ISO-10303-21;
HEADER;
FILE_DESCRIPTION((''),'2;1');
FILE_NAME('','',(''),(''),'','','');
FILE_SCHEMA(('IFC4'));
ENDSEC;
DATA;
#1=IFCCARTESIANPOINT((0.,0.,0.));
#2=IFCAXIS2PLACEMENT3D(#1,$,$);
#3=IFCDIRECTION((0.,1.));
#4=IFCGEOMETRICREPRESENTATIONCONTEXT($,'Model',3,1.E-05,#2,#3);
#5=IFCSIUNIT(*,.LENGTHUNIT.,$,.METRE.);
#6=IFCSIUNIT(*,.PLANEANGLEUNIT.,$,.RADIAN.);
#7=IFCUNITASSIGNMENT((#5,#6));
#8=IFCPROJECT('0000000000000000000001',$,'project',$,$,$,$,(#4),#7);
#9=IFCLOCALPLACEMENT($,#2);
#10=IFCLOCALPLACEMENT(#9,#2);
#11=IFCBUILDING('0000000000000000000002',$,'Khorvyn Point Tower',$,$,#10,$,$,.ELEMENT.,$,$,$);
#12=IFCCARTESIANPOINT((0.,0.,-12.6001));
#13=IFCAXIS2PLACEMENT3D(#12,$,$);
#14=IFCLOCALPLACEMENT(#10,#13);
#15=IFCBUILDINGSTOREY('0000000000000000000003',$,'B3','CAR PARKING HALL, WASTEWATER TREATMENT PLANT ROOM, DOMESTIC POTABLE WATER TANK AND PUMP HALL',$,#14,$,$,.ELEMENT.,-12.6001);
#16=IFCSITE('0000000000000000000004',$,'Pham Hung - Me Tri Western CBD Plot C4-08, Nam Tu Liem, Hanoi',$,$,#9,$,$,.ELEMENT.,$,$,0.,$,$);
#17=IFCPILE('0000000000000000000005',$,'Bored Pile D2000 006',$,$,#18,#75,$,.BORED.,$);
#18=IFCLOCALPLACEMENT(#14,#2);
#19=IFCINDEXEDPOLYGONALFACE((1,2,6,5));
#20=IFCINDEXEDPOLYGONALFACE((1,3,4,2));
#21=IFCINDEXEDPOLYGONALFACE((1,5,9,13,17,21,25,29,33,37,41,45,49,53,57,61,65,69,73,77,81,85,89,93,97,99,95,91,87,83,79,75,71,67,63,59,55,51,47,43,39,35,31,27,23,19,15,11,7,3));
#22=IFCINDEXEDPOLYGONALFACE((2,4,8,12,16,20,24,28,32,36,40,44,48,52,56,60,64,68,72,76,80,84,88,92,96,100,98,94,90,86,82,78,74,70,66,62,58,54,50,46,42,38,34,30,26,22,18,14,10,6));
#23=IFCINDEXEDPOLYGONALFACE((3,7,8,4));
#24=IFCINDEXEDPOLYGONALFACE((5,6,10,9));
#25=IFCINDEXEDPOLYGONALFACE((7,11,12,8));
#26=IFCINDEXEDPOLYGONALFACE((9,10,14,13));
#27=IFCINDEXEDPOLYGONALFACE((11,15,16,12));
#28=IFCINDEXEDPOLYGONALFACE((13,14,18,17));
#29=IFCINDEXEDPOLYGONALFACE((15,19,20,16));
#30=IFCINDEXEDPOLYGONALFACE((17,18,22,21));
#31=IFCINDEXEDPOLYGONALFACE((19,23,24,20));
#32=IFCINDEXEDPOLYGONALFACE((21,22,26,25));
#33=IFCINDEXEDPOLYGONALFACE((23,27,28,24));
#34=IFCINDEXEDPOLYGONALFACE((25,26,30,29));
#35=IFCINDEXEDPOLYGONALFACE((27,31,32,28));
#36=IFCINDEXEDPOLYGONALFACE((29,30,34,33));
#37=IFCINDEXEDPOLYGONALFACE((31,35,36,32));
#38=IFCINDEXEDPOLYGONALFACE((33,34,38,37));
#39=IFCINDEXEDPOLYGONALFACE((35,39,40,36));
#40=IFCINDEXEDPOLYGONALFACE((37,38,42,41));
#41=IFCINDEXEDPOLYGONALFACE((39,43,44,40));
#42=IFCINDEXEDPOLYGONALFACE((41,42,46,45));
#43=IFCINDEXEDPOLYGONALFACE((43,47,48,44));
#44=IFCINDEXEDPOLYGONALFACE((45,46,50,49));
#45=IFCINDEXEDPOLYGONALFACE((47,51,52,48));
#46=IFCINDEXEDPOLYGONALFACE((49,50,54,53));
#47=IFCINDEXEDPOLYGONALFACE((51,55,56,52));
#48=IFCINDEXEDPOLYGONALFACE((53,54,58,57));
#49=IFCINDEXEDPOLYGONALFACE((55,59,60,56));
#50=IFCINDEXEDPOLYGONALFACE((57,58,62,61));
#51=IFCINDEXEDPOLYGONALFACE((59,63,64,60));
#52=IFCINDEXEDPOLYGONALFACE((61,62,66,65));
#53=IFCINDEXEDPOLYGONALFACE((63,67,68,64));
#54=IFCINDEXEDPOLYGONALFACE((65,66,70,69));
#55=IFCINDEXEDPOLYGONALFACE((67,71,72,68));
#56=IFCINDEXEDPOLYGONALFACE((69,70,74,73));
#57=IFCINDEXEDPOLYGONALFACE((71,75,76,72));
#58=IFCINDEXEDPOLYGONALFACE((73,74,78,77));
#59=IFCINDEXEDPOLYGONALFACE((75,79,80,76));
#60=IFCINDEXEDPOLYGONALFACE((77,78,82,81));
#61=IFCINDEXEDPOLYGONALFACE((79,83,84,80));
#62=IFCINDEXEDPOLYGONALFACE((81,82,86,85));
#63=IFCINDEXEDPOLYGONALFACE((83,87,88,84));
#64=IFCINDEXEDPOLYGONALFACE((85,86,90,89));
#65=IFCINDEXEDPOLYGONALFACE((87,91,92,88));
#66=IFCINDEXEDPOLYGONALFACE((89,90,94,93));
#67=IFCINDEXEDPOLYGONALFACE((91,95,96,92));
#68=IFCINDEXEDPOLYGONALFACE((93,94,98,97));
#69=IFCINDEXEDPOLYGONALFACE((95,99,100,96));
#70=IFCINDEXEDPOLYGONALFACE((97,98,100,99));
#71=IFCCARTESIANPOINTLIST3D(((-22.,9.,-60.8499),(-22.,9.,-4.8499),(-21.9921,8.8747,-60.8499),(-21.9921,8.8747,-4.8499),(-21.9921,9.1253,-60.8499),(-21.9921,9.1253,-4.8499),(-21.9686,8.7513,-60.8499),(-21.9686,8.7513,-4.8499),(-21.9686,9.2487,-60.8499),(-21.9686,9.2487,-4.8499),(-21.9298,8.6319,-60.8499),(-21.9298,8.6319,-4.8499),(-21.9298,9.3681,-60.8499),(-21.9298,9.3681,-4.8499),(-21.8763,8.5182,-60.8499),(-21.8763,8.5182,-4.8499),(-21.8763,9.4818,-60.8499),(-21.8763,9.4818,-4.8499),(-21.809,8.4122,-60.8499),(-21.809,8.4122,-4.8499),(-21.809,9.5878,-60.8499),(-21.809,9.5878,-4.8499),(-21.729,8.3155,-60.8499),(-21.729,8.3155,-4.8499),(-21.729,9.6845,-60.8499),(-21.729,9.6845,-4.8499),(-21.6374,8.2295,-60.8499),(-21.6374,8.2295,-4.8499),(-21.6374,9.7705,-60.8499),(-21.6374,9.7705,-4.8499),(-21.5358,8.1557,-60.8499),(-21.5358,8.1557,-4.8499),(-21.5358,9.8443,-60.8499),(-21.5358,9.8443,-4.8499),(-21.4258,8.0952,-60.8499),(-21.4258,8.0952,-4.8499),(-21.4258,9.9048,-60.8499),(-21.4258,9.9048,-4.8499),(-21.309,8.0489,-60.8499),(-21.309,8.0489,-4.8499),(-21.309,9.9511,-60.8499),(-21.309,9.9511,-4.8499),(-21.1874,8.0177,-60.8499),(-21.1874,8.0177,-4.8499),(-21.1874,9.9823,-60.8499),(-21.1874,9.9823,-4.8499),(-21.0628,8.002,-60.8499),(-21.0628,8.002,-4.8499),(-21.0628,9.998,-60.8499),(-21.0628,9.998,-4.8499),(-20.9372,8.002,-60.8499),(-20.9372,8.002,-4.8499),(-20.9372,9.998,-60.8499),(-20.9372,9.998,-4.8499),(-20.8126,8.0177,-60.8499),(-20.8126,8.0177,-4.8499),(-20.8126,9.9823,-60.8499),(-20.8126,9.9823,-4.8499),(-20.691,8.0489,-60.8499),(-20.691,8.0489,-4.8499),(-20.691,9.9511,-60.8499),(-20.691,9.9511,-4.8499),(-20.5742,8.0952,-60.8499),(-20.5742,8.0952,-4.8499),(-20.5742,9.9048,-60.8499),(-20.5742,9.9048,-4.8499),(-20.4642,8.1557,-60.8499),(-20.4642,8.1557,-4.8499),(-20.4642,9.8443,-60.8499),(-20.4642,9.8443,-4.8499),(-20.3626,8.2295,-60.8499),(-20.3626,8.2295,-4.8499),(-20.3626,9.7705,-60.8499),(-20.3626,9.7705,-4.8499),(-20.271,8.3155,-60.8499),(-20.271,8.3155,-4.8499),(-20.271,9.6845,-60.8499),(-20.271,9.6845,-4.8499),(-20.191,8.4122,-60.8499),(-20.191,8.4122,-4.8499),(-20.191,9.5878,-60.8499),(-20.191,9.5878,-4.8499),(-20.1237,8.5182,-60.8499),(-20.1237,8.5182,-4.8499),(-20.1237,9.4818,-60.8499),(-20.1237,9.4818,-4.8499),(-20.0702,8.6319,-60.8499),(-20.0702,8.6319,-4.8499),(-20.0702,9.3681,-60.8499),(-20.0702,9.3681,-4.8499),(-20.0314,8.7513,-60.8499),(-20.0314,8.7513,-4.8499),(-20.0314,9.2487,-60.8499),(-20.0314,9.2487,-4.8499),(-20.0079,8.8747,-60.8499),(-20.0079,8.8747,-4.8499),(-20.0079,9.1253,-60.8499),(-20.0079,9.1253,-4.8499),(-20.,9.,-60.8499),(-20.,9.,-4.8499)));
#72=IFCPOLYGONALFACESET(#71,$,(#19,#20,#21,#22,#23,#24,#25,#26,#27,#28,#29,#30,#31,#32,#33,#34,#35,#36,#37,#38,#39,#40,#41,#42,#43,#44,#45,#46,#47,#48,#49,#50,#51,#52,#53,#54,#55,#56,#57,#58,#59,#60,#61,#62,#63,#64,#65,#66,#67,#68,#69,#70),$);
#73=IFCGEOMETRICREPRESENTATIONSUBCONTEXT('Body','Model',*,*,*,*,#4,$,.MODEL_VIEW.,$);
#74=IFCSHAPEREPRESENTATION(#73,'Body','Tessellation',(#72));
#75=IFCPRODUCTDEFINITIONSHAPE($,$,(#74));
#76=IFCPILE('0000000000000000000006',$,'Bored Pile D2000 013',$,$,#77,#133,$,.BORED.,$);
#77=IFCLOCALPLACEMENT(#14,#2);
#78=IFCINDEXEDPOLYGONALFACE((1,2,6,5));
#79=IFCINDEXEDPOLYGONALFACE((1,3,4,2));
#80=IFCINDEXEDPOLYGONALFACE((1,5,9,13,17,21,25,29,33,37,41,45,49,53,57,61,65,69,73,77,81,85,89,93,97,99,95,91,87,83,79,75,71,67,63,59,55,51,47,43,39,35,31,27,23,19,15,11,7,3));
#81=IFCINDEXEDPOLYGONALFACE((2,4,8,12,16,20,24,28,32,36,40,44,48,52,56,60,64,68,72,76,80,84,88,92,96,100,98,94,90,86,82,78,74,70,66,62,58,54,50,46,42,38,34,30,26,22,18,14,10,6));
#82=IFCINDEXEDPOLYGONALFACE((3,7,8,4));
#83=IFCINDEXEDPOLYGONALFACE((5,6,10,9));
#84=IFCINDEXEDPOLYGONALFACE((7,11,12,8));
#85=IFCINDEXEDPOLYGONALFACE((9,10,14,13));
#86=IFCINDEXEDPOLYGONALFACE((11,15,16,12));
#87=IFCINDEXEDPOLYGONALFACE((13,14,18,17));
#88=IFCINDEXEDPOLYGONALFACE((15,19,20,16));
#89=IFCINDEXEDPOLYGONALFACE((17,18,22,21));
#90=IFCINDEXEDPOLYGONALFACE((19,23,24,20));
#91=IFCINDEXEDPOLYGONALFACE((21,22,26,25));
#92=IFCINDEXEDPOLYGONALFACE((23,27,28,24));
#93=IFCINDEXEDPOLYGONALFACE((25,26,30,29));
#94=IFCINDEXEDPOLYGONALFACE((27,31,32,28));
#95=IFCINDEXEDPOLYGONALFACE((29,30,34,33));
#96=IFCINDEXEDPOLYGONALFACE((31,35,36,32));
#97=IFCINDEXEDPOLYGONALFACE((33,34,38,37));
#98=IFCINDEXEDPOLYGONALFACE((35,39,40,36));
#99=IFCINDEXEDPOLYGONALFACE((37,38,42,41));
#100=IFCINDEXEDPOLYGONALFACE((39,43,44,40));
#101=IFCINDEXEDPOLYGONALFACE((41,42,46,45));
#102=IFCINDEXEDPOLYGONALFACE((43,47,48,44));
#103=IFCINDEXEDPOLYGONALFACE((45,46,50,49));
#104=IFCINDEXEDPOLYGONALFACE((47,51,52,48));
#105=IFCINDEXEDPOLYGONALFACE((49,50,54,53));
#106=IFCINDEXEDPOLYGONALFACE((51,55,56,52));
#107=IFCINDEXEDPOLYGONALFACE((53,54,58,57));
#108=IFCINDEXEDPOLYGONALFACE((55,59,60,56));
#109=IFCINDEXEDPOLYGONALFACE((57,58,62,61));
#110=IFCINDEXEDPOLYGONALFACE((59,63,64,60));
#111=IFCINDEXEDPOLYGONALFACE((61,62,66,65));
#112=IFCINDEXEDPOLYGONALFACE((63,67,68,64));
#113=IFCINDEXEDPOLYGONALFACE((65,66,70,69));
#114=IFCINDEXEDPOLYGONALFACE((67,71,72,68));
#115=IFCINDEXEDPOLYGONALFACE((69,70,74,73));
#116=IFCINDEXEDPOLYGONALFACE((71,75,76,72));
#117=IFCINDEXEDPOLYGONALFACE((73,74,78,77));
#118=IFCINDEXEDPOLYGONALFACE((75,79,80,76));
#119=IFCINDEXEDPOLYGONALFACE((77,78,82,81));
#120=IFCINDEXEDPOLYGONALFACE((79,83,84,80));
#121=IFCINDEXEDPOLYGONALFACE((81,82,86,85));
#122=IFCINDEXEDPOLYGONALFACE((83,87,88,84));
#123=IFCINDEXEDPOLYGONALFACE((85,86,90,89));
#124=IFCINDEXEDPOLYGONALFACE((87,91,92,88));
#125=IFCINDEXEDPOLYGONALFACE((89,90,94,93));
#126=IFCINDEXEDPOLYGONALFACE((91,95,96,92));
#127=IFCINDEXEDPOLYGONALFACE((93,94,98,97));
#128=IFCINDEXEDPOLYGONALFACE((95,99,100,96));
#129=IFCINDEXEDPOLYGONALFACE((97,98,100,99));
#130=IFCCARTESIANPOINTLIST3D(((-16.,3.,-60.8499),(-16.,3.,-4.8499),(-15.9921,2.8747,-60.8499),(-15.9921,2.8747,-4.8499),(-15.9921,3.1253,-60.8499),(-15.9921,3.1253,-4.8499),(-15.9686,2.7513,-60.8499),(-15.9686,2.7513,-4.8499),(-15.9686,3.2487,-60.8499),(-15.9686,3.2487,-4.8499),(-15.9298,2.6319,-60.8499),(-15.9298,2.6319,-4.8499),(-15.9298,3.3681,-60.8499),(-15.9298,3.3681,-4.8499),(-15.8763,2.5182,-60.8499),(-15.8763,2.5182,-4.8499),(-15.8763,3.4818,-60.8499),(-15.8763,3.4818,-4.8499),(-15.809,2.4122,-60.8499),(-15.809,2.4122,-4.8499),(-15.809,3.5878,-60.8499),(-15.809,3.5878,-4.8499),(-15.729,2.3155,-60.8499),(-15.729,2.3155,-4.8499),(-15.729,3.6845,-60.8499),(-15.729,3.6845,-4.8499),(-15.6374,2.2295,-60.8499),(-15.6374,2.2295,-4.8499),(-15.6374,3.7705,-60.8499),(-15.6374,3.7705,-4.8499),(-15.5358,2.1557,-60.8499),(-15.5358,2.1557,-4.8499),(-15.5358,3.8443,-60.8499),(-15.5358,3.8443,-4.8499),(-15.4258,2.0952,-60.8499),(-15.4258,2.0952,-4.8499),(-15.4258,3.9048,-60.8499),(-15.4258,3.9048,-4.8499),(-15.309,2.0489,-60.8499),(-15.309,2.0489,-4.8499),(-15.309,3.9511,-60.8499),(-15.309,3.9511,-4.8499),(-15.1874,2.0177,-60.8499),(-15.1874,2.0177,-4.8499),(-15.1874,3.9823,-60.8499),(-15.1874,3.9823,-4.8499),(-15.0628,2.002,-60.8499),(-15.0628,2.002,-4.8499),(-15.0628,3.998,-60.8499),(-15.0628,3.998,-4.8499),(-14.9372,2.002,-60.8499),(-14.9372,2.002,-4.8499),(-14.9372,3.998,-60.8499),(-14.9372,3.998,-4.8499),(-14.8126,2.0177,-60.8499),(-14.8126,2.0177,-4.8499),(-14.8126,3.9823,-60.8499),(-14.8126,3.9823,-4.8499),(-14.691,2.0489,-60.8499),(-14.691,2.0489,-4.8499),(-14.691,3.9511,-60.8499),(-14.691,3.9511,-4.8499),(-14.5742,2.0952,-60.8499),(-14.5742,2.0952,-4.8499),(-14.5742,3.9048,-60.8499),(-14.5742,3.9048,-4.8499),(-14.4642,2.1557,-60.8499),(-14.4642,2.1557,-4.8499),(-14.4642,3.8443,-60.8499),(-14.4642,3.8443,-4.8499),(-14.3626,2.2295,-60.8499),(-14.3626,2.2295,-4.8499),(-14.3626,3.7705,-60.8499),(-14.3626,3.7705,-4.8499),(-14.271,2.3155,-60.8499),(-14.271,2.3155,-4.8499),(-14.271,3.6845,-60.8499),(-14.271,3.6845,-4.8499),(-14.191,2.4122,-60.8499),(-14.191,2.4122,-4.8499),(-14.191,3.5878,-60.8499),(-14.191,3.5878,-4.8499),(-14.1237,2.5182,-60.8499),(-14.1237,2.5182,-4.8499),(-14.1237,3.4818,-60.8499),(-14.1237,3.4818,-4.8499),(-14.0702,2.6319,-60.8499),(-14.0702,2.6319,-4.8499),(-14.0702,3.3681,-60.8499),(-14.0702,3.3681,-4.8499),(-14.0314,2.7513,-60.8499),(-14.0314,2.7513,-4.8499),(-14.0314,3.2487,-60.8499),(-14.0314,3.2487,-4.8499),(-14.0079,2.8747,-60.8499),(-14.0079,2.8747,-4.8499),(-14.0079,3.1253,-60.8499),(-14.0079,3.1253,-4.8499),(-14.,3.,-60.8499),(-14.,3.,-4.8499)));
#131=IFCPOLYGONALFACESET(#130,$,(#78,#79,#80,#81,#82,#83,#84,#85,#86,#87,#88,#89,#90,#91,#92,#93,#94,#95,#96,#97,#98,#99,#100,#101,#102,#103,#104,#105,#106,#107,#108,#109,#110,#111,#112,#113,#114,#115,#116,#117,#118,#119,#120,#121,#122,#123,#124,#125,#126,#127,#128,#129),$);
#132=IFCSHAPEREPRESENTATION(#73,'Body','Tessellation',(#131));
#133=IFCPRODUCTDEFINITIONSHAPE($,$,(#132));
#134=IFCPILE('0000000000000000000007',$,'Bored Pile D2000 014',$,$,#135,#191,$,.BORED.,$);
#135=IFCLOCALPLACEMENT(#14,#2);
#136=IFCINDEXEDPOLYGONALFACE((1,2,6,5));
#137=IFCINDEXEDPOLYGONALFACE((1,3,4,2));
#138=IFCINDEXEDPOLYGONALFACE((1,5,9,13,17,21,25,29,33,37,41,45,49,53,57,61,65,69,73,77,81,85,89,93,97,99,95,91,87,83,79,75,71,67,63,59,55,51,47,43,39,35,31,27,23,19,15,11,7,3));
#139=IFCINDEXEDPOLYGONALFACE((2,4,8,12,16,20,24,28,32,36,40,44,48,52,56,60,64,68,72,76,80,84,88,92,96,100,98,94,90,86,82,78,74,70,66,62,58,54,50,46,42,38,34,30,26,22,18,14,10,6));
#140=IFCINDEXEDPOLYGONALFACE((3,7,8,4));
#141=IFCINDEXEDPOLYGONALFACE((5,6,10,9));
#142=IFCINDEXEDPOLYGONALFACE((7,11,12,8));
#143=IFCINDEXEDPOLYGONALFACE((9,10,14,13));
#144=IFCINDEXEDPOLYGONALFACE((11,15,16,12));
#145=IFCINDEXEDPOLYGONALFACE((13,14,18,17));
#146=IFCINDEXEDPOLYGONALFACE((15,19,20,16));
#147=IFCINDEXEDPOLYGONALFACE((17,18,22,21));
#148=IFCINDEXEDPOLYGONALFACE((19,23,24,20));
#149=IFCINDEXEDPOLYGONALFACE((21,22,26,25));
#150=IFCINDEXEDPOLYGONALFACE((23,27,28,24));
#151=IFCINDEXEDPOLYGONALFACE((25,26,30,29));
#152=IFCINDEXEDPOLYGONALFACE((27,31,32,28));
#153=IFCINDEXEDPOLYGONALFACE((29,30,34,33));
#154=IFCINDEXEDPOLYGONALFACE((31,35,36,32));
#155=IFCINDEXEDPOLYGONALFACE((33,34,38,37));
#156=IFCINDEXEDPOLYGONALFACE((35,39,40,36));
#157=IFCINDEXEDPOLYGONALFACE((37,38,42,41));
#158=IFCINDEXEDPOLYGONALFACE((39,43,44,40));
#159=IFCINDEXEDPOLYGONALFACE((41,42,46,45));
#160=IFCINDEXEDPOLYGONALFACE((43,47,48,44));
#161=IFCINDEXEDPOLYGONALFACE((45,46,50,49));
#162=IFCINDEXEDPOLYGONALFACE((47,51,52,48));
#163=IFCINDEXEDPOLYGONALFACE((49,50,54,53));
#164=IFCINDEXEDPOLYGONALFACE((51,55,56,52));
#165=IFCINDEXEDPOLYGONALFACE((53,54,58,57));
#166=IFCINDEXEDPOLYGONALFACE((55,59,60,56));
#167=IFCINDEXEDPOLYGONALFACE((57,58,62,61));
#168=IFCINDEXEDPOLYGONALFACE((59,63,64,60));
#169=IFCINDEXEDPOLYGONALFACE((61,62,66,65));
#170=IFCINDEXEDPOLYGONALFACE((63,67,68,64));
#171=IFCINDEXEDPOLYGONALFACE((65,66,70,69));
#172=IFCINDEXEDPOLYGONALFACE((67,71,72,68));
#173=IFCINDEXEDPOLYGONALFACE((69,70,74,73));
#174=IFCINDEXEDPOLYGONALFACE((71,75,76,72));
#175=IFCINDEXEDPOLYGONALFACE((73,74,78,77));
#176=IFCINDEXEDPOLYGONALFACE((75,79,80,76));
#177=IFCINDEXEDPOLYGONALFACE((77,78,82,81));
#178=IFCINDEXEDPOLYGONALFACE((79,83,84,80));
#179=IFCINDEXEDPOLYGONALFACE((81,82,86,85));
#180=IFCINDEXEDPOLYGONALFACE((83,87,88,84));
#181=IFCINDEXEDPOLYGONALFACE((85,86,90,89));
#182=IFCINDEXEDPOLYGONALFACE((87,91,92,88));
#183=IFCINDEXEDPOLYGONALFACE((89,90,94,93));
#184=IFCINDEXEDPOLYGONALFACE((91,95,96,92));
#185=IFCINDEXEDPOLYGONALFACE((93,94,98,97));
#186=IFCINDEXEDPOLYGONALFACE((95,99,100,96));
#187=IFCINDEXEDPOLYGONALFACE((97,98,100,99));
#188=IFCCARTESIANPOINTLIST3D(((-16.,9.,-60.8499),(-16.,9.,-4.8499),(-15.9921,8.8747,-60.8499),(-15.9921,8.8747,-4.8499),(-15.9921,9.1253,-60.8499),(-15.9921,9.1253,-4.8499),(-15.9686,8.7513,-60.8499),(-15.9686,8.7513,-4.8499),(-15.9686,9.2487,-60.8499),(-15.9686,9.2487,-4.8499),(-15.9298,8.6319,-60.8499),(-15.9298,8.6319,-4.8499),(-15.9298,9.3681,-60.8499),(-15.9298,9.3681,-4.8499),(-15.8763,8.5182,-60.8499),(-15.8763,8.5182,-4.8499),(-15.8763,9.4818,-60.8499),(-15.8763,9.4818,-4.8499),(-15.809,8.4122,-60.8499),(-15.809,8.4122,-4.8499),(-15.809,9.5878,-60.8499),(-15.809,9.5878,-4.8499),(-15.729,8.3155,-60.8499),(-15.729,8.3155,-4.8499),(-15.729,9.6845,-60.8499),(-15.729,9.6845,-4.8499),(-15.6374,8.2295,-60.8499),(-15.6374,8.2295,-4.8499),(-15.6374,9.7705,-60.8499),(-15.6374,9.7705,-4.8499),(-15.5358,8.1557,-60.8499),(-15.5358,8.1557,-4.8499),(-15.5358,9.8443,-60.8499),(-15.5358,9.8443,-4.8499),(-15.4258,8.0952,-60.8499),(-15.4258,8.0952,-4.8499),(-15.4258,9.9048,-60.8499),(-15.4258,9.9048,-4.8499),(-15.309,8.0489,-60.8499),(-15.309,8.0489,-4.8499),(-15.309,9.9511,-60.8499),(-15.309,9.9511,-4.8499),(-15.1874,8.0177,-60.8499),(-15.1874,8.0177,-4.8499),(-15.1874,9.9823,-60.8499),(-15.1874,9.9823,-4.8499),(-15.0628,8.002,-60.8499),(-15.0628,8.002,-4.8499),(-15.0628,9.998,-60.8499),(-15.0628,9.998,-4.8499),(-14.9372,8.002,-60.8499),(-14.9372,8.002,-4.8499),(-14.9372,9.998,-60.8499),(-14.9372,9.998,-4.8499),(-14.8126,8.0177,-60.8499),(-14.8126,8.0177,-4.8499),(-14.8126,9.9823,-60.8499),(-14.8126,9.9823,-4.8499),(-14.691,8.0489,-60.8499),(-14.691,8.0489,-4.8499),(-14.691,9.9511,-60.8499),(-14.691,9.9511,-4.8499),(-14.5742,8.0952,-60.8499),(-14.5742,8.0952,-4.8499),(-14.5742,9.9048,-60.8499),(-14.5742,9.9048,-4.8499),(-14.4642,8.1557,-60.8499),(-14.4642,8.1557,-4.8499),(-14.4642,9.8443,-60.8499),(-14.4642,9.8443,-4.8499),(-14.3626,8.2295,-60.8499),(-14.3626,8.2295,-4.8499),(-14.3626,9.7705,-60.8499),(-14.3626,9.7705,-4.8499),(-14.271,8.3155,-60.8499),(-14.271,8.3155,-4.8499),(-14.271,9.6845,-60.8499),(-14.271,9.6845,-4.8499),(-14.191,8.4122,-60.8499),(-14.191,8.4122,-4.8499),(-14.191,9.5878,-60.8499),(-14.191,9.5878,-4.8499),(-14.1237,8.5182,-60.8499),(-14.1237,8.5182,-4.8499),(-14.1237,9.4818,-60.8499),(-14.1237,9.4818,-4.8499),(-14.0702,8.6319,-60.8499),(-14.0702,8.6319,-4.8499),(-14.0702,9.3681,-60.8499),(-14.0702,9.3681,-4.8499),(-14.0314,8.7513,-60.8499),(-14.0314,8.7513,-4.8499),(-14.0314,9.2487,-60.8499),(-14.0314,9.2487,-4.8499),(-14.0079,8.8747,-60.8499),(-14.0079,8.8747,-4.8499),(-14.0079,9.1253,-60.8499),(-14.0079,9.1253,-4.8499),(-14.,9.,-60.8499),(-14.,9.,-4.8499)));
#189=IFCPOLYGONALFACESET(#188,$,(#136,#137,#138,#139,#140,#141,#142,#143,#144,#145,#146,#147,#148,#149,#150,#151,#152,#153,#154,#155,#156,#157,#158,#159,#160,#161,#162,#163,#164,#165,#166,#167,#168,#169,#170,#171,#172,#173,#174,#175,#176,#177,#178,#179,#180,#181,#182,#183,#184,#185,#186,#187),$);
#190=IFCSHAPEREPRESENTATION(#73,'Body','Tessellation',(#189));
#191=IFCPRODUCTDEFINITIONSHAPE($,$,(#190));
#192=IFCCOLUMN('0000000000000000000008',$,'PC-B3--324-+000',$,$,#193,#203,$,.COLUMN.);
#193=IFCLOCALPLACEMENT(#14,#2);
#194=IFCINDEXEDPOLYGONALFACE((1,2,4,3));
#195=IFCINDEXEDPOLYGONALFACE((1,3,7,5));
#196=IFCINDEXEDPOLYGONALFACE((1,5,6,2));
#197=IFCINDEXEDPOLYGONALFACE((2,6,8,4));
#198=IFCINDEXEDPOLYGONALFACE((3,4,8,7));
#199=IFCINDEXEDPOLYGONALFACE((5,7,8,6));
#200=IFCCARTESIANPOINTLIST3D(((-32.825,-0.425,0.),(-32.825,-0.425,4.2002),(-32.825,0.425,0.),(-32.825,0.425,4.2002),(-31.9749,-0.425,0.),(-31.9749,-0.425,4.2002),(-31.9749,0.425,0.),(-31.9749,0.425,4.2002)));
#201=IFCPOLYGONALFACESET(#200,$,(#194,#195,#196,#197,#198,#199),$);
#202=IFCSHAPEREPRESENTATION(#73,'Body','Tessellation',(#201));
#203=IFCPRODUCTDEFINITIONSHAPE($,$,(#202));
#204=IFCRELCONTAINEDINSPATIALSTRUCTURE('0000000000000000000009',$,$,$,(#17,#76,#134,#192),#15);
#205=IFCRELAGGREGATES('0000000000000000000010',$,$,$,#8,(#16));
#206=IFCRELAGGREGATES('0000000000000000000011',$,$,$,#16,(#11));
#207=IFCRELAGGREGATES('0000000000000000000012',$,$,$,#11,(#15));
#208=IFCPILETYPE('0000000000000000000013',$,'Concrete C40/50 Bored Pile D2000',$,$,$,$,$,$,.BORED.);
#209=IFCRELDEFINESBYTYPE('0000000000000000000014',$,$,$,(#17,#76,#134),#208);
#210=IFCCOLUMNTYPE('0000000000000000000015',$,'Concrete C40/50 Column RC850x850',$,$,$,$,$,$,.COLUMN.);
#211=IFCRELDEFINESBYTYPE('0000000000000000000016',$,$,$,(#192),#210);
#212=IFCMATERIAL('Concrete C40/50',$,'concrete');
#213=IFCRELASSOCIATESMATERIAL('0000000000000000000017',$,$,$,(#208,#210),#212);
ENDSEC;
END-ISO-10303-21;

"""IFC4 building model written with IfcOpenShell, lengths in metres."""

from ifc_helpers import new_model, si_unit, direction, frame, origin, origin_2d, place, context, subcontext, project, spatial, rectangle, circle, extrude, material, material_profile, profile_set, type_object, element, save


model = new_model("IFC4")

# Units and contexts
model_context = context("Model", 3, precision=1e-05, world=origin(), true_north=direction((0.0, 1.0)))
body_context = subcontext(model_context, "Body", "Model", "MODEL_VIEW")
ifc_project = project(units=[si_unit("LENGTHUNIT", "METRE"), si_unit("PLANEANGLEUNIT", "RADIAN")], contexts=[model_context])

# Site, building, storey
site_placement = place(None, origin())
site = spatial("IfcSite", under=ifc_project, at=site_placement, Name="Pham Hung - Me Tri Western CBD Plot C4-08, Nam Tu Liem, Hanoi", CompositionType="ELEMENT", RefElevation=0.0)
building_placement = place(site_placement, origin())
building = spatial("IfcBuilding", under=site, at=building_placement, Name="Khorvyn Point Tower", CompositionType="ELEMENT")
storey_placement = place(building_placement, frame((0.0, 0.0, -12.6001)))
storey = spatial("IfcBuildingStorey", under=building, at=storey_placement, Name="B3", Description="CAR PARKING HALL, WASTEWATER TREATMENT PLANT ROOM, DOMESTIC POTABLE WATER TANK AND PUMP HALL", CompositionType="ELEMENT", Elevation=-12.6001)

# Piles
ifc_material_1 = material(Name="Concrete C40/50", Category="concrete")
ifc_material_profile_1 = material_profile(ifc_material_1, circle(Radius=1.0, at=origin_2d()))
ifc_profile_set_1 = profile_set([ifc_material_profile_1], Name="Concrete C40/50 PILE-D2000")
pile_type_1 = type_object("IfcPileType", Name="Concrete C40/50 Bored Pile D2000", PredefinedType="BORED", material=ifc_profile_set_1)
for number, where, z_axis, x_axis, name in (
    (1, (-21.0, 9.0, -4.8499), (0.0, 0.0, -1.0), (1.0, 0.0, 0.0), "Bored Pile D2000 006"),
    (2, (-15.0, 3.0, -4.8499), (0.0, 0.0, -1.0), (1.0, 0.0, 0.0), "Bored Pile D2000 013"),
    (3, (-15.0, 9.0, -4.8499), (0.0, 0.0, -1.0), (1.0, 0.0, 0.0), "Bored Pile D2000 014"),
):
    element("IfcPile", number, at=place(storey_placement, frame(where, z_axis=z_axis, x_axis=x_axis)), inside=storey, type_object=pile_type_1, Name=name, PredefinedType="BORED", context=body_context, shape_type="SweptSolid", body=[
        extrude(circle(Radius=1.0, at=origin_2d()), origin(), (0.0, 0.0, 1.0), 56.0),
    ])

# Column
ifc_material_profile_2 = material_profile(ifc_material_1, rectangle(XDim=0.8501, YDim=0.8501, at=origin_2d()))
ifc_profile_set_2 = profile_set([ifc_material_profile_2], Name="Concrete C40/50 RC850x850")
column_type_1 = type_object("IfcColumnType", Name="Concrete C40/50 Column RC850x850", PredefinedType="COLUMN", material=ifc_profile_set_2)
for number, where, z_axis, x_axis, name in (
    (4, (-32.3999, 0.0, 0.0), (0.0, 0.0, 1.0), (1.0, 0.0, 0.0), "PC-B3--324-+000"),
):
    element("IfcColumn", number, at=place(storey_placement, frame(where, z_axis=z_axis, x_axis=x_axis)), inside=storey, type_object=column_type_1, Name=name, PredefinedType="COLUMN", context=body_context, shape_type="SweptSolid", body=[
        extrude(rectangle(XDim=0.8501, YDim=0.8501, at=origin_2d()), origin(), (0.0, 0.0, 1.0), 4.2002),
    ])

save(model, "model.ifc")
